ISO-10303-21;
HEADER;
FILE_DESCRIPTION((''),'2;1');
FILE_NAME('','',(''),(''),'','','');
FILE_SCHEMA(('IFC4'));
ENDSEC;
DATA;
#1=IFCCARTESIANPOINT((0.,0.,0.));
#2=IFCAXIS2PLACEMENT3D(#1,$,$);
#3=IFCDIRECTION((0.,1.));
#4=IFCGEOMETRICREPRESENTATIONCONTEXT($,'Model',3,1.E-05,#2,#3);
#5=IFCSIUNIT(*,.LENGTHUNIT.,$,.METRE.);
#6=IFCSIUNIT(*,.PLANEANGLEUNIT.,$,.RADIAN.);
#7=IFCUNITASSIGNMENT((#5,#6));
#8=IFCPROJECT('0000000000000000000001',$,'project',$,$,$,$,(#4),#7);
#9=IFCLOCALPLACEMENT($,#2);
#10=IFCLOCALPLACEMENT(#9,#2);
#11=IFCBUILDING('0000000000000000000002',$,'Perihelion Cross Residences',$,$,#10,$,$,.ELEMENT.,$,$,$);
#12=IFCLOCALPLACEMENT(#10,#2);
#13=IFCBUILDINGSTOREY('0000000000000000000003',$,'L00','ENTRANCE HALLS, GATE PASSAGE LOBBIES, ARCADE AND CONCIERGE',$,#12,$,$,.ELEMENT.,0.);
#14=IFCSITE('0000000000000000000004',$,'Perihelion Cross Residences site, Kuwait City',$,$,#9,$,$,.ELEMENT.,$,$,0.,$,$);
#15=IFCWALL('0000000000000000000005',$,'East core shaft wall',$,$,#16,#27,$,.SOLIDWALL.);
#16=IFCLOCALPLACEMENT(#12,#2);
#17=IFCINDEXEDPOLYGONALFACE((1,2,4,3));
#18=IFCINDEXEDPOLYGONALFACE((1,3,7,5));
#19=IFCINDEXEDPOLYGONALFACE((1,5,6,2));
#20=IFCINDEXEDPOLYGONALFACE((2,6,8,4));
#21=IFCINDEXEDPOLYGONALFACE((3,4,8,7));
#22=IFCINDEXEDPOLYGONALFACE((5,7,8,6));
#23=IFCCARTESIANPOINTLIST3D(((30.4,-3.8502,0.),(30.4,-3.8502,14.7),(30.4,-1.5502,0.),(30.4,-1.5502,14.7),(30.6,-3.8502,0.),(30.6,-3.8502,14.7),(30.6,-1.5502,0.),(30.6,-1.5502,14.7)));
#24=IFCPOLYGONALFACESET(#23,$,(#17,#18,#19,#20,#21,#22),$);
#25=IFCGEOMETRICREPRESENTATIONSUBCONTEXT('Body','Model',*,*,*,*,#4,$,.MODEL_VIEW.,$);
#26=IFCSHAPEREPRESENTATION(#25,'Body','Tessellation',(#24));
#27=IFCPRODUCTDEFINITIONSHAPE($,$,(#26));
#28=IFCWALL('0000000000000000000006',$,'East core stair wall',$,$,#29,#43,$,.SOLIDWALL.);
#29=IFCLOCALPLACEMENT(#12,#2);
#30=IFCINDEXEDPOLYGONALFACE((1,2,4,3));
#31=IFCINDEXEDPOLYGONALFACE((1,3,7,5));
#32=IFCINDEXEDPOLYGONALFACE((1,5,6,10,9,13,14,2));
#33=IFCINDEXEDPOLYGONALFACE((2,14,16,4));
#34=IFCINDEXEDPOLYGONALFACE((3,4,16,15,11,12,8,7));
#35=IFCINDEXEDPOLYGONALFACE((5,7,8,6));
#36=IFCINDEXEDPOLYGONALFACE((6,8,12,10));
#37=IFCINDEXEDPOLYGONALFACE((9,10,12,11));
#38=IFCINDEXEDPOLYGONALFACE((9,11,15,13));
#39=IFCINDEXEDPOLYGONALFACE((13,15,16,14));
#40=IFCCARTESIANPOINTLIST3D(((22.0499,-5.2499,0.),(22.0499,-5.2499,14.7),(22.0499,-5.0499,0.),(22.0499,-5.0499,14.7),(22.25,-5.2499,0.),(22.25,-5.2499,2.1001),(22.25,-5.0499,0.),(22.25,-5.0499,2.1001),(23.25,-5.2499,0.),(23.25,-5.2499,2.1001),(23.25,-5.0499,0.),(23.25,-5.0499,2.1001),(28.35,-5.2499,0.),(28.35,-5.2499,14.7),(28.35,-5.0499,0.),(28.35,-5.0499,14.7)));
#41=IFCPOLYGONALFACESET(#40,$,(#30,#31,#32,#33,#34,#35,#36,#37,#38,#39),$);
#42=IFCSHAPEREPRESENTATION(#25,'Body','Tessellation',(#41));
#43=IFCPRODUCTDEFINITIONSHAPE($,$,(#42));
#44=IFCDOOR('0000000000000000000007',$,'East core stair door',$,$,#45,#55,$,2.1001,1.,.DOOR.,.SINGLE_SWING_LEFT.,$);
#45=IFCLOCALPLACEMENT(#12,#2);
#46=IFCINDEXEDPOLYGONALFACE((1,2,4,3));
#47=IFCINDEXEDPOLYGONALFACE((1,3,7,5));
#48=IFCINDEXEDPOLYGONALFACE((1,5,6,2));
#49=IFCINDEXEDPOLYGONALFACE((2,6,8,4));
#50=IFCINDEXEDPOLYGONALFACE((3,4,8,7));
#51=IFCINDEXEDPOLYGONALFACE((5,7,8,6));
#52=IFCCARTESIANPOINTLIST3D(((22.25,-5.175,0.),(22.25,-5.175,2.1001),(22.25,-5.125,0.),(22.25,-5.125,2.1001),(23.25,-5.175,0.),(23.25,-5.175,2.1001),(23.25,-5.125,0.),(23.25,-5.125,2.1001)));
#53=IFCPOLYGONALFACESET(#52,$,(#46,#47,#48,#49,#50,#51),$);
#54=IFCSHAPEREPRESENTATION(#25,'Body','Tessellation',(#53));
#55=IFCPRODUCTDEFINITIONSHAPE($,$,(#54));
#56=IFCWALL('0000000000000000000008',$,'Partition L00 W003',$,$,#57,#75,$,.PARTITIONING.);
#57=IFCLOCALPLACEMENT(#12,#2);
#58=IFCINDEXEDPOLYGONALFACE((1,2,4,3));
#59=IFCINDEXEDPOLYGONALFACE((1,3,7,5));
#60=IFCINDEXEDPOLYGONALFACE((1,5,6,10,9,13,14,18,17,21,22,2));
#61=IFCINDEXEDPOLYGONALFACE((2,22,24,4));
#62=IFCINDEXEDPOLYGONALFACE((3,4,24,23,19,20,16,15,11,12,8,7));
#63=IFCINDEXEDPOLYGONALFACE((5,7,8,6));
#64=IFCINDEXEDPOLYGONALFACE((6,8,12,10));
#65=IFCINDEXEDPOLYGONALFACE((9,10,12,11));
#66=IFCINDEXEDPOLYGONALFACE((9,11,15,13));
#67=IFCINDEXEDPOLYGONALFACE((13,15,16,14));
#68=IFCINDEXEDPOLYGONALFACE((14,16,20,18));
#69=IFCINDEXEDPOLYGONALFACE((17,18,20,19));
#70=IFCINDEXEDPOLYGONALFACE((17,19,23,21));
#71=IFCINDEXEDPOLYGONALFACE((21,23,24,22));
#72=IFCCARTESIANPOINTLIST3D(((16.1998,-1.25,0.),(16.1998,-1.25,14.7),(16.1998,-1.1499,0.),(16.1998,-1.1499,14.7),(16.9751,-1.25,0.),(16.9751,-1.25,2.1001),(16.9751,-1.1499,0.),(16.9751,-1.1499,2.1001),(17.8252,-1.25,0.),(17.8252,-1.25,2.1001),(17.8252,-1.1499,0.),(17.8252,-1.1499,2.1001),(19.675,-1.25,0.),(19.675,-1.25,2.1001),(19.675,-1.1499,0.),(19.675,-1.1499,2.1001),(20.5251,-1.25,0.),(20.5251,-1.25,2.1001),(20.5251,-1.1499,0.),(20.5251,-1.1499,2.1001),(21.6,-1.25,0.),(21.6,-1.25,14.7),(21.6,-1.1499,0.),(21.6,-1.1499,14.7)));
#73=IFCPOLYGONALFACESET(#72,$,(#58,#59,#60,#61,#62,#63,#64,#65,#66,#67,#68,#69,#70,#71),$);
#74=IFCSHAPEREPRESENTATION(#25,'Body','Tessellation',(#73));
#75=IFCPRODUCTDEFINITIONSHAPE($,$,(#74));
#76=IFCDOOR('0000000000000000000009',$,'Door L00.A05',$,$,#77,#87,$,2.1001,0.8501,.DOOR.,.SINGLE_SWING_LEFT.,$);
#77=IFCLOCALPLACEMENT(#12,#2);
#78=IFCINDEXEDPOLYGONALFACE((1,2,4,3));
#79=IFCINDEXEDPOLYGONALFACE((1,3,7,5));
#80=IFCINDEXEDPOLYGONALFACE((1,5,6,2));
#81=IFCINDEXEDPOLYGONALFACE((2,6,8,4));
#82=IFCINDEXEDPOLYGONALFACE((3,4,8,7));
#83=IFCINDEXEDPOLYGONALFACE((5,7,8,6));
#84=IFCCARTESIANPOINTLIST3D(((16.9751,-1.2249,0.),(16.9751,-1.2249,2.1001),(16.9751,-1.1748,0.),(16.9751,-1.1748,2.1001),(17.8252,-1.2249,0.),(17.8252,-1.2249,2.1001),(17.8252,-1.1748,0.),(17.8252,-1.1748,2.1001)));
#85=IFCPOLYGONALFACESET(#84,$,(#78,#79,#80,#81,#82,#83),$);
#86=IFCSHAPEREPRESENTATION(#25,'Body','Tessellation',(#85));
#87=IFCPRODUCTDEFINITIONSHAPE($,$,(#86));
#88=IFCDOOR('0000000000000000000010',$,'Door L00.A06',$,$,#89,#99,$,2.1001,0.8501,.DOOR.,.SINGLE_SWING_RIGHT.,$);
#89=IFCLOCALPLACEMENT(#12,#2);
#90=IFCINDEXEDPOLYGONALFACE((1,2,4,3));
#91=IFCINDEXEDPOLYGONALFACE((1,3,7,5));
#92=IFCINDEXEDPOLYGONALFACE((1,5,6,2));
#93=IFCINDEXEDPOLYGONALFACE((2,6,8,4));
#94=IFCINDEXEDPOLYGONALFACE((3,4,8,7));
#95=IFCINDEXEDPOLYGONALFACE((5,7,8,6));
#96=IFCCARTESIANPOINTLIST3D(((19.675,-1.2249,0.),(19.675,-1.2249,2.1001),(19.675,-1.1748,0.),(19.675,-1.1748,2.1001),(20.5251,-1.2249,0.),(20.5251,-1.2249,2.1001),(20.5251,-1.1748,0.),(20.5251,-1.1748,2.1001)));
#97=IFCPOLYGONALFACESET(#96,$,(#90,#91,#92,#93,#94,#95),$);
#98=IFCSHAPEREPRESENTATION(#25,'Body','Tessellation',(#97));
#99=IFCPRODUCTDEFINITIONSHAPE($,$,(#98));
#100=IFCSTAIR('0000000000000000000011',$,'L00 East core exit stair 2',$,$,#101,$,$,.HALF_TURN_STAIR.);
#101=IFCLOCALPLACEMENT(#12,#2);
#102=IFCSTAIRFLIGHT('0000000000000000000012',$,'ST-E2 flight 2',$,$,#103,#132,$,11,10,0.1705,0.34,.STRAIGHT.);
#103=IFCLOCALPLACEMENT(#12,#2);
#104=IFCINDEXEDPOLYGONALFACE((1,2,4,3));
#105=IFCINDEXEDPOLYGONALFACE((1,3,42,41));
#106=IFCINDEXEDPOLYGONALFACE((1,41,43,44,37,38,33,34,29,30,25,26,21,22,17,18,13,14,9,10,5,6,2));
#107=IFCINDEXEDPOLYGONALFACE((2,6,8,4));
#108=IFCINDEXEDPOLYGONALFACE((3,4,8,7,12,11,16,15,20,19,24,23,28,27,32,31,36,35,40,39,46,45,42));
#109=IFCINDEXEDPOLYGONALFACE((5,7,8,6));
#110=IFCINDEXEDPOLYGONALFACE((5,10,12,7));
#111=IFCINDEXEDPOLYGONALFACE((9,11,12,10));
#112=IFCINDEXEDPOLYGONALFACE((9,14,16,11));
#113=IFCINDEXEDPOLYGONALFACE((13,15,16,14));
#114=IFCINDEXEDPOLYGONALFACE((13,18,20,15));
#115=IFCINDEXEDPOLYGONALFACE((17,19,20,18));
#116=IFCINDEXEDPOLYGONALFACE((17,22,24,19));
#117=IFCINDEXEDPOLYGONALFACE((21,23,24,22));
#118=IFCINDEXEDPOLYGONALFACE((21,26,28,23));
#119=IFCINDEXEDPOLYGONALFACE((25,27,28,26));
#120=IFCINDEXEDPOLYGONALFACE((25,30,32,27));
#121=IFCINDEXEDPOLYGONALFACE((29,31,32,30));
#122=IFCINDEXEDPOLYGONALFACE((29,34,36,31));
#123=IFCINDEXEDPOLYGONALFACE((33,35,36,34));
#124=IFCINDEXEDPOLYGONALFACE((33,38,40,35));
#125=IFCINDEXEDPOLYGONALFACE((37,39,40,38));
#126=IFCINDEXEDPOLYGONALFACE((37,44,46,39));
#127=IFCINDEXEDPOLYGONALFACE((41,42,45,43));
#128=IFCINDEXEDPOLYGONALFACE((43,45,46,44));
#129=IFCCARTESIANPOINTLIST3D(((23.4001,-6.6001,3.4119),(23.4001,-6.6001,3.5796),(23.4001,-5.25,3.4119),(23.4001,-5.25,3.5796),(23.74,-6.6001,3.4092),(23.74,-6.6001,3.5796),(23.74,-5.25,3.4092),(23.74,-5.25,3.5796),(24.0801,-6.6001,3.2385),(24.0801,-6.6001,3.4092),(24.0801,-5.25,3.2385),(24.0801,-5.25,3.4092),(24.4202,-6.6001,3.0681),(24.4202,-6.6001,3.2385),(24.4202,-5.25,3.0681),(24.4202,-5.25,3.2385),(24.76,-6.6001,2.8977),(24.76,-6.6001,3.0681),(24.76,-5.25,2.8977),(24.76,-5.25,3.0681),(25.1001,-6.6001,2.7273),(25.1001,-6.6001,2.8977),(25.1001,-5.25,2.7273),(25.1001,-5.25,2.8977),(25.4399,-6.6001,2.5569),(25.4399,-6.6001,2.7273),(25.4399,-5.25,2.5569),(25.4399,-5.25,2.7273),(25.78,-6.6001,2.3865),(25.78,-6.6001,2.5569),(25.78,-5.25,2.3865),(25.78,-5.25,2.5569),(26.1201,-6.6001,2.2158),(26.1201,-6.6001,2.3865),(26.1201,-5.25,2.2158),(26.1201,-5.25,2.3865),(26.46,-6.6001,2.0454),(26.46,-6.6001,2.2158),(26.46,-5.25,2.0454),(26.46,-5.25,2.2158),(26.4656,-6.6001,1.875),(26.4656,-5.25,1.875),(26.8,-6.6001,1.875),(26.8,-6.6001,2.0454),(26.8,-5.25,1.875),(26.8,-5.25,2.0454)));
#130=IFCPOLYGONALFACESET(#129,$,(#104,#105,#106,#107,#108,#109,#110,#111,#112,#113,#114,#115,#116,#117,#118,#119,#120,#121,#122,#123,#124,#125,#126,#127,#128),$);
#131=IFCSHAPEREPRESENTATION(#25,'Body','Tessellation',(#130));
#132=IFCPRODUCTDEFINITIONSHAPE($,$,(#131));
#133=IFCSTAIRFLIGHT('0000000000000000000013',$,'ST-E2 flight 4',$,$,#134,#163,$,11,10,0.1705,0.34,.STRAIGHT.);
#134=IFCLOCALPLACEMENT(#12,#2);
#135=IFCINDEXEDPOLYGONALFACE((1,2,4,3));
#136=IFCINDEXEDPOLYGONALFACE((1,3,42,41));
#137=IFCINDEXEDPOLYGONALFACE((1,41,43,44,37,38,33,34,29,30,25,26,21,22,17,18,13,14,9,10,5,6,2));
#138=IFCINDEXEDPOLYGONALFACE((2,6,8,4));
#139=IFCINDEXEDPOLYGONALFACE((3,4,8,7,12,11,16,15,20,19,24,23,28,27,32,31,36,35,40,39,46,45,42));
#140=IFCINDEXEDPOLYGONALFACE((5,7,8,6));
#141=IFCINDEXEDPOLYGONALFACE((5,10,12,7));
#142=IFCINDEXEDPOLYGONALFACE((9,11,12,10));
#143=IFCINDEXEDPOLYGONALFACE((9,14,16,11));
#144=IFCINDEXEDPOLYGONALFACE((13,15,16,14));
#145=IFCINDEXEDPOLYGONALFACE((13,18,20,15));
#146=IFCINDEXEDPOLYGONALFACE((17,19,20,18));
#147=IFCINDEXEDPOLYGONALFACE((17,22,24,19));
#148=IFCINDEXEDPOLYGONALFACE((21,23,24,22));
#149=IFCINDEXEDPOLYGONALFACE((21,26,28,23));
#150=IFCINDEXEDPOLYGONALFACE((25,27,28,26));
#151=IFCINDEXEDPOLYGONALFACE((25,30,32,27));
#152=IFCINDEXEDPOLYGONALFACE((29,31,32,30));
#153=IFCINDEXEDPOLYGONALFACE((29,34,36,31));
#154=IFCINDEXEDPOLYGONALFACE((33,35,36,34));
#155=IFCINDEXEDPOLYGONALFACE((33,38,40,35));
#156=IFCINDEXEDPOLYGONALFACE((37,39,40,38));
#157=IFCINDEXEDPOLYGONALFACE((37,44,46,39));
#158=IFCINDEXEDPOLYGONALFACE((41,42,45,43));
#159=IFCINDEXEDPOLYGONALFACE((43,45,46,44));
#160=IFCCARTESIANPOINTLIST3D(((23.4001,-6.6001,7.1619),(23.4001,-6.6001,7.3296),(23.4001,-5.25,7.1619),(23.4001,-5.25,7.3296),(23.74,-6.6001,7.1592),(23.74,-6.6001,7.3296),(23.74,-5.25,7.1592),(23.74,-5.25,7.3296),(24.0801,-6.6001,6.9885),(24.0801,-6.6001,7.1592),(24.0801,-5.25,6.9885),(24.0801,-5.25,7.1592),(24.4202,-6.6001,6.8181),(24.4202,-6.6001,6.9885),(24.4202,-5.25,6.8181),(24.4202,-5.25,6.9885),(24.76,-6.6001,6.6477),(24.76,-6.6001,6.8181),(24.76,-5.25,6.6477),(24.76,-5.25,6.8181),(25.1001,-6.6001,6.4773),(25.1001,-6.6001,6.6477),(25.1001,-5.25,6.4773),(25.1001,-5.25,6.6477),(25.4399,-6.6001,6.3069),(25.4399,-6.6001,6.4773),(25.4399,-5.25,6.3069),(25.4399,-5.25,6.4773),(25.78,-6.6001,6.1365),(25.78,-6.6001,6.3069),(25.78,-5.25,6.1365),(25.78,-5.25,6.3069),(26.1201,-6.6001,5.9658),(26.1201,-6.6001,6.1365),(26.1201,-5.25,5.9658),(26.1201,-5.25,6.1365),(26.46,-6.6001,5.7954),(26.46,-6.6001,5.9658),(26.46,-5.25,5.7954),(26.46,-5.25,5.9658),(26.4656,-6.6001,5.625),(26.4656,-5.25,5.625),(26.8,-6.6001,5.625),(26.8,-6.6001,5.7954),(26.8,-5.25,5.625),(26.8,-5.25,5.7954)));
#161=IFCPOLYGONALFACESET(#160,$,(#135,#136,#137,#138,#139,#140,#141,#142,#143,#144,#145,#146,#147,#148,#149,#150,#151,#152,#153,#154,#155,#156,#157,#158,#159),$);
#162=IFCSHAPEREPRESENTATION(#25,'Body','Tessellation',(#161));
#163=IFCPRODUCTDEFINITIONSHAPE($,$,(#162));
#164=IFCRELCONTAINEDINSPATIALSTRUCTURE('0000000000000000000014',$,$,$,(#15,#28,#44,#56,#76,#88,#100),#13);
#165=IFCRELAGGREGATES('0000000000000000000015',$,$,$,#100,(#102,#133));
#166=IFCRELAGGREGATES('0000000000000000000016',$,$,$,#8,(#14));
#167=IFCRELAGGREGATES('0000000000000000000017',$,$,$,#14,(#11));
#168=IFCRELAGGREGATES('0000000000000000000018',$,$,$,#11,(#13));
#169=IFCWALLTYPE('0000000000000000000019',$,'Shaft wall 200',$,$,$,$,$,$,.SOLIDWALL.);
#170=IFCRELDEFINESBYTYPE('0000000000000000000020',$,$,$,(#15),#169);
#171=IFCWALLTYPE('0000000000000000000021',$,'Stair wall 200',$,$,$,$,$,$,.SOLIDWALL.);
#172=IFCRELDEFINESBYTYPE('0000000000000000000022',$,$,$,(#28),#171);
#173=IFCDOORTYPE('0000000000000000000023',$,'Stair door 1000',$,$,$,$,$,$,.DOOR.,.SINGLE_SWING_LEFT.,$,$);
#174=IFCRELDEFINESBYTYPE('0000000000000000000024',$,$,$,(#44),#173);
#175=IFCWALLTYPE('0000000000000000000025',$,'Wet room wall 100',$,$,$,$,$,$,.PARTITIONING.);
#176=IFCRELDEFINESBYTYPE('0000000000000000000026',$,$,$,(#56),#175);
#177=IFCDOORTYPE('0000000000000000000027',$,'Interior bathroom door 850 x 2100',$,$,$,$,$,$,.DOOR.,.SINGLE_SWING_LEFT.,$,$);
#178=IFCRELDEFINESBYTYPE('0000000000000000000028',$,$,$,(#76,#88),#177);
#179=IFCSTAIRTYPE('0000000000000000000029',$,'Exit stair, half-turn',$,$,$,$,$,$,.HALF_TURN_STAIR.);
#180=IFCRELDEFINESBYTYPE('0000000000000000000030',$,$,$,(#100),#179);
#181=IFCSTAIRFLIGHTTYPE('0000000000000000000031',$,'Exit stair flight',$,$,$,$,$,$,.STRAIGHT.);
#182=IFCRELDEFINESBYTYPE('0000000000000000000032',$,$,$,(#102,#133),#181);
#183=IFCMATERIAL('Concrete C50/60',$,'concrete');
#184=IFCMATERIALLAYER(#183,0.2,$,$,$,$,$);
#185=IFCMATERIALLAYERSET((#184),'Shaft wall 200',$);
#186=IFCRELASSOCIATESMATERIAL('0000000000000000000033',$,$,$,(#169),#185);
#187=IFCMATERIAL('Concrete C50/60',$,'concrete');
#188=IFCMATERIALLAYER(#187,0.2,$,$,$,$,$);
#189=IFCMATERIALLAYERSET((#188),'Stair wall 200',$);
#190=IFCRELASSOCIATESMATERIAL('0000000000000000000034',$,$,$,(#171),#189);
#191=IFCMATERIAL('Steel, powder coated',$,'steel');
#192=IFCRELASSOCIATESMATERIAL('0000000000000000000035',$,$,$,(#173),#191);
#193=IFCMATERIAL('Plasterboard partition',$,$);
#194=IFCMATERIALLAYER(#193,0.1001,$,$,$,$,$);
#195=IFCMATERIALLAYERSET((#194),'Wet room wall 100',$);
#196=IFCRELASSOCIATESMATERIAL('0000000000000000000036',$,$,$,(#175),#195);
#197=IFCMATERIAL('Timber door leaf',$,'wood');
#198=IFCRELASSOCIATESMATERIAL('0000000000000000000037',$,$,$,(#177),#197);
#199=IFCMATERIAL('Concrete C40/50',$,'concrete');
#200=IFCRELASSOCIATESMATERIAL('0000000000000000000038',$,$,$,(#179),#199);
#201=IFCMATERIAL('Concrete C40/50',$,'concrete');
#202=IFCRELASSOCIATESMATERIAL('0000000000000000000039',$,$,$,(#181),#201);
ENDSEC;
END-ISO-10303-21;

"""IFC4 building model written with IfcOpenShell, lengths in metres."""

from ifc_helpers import new_model, si_unit, direction, frame, frame_2d, origin, place, context, subcontext, project, spatial, polyline, rectangle, outline, extrude, material, layer, layer_set, type_object, element, fill, aggregate, save


model = new_model("IFC4")

# Units and contexts
model_context = context("Model", 3, precision=1e-05, world=origin(), true_north=direction((0.0, 1.0)))
body_context = subcontext(model_context, "Body", "Model", "MODEL_VIEW")
ifc_project = project(units=[si_unit("LENGTHUNIT", "METRE"), si_unit("PLANEANGLEUNIT", "RADIAN")], contexts=[model_context])

# Site, building, storey
site_placement = place(None, origin())
site = spatial("IfcSite", under=ifc_project, at=site_placement, Name="Perihelion Cross Residences site, Kuwait City", CompositionType="ELEMENT", RefElevation=0.0)
building_placement = place(site_placement, origin())
building = spatial("IfcBuilding", under=site, at=building_placement, Name="Perihelion Cross Residences", CompositionType="ELEMENT")
storey_placement = place(building_placement, origin())
storey = spatial("IfcBuildingStorey", under=building, at=storey_placement, Name="L00", Description="ENTRANCE HALLS, GATE PASSAGE LOBBIES, ARCADE AND CONCIERGE", CompositionType="ELEMENT", Elevation=0.0)

# Shared definitions
ifc_material_1 = material(Name="Concrete C50/60", Category="concrete")
ifc_layer_1 = layer(ifc_material_1, 0.2)
ifc_layer_set_1 = layer_set([ifc_layer_1], Name="Shaft wall 200")
wall_type_1 = type_object("IfcWallType", Name="Shaft wall 200", PredefinedType="SOLIDWALL", material=ifc_layer_set_1)

# Wall
wall_1_placement = place(storey_placement, frame((30.5, -3.8501, 0.0), z_axis=(0.0, 0.0, 1.0), x_axis=(0.0, 1.0, 0.0)))
element("IfcWall", 1, at=wall_1_placement, inside=storey, type_object=wall_type_1, Name="East core shaft wall", PredefinedType="SOLIDWALL", context=body_context, shape_type="SweptSolid", body=[
    extrude(rectangle(XDim=2.3, YDim=0.2, at=frame_2d((1.1499, 0.0))), origin(), (0.0, 0.0, 1.0), 14.7),
])

# Wall, opening, door
ifc_material_2 = material(Name="Concrete C50/60", Category="concrete")
ifc_layer_2 = layer(ifc_material_2, 0.2)
ifc_layer_set_2 = layer_set([ifc_layer_2], Name="Stair wall 200")
wall_type_2 = type_object("IfcWallType", Name="Stair wall 200", PredefinedType="SOLIDWALL", material=ifc_layer_set_2)
wall_2_placement = place(storey_placement, frame((22.05, -5.1499, 0.0), z_axis=(0.0, 0.0, 1.0), x_axis=(1.0, 0.0, 0.0)))
wall_2 = element("IfcWall", 2, at=wall_2_placement, inside=storey, type_object=wall_type_2, Name="East core stair wall", PredefinedType="SOLIDWALL", context=body_context, shape_type="SweptSolid", body=[
    extrude(rectangle(XDim=6.3, YDim=0.2, at=frame_2d((3.1499, 0.0))), origin(), (0.0, 0.0, 1.0), 14.7),
])
opening_1_placement = place(wall_2_placement, frame((0.2, 0.0, 0.0)))
opening_1 = element("IfcOpeningElement", 3, at=opening_1_placement, cuts=wall_2, PredefinedType="OPENING", context=body_context, shape_type="SweptSolid", body=[
    extrude(rectangle(XDim=1.0, YDim=2.1001, at=frame_2d((0.5, 1.05))), frame((0.0, 0.1099, 0.0), z_axis=(0.0, -1.0, 0.0), x_axis=(1.0, 0.0, 0.0)), (0.0, 0.0, 1.0), 0.22),
])
ifc_material_3 = material(Name="Steel, powder coated", Category="steel")
door_type_1 = type_object("IfcDoorType", Name="Stair door 1000", OperationType="SINGLE_SWING_LEFT", PredefinedType="DOOR", material=ifc_material_3)
door_1_placement = place(opening_1_placement, origin())
door_1 = element("IfcDoor", 4, at=door_1_placement, inside=storey, type_object=door_type_1, Name="East core stair door", OperationType="SINGLE_SWING_LEFT", OverallHeight=2.1001, OverallWidth=1.0, PredefinedType="DOOR", context=body_context, shape_type="SweptSolid", body=[
    extrude(rectangle(XDim=1.0, YDim=2.1001, at=frame_2d((0.5, 1.05))), frame((0.0, 0.0249, 0.0), z_axis=(0.0, -1.0, 0.0), x_axis=(1.0, 0.0, 0.0)), (0.0, 0.0, 1.0), 0.05),
])
fill(opening_1, door_1)

# Wall, openings, doors
ifc_material_4 = material(Name="Plasterboard partition")
ifc_layer_3 = layer(ifc_material_4, 0.1001)
ifc_layer_set_3 = layer_set([ifc_layer_3], Name="Wet room wall 100")
wall_type_3 = type_object("IfcWallType", Name="Wet room wall 100", PredefinedType="PARTITIONING", material=ifc_layer_set_3)
wall_3_placement = place(storey_placement, frame((21.6001, -1.2, 0.0), z_axis=(0.0, 0.0, 1.0), x_axis=(-1.0, 0.0, 0.0)))
wall_3 = element("IfcWall", 5, at=wall_3_placement, inside=storey, type_object=wall_type_3, Name="Partition L00 W003", PredefinedType="PARTITIONING", context=body_context, shape_type="SweptSolid", body=[
    extrude(rectangle(XDim=5.4001, YDim=0.1001, at=frame_2d((2.7002, 0.0))), origin(), (0.0, 0.0, 1.0), 14.7),
])
opening_2_placement = place(wall_3_placement, frame((3.7749, 0.0, 0.0)))
opening_2 = element("IfcOpeningElement", 6, at=opening_2_placement, cuts=wall_3, PredefinedType="OPENING", context=body_context, shape_type="SweptSolid", body=[
    extrude(rectangle(XDim=0.8501, YDim=2.1001, at=frame_2d((0.425, 1.05))), frame((0.0, 0.0601, 0.0), z_axis=(0.0, -1.0, 0.0), x_axis=(1.0, 0.0, 0.0)), (0.0, 0.0, 1.0), 0.1201),
])
opening_3_placement = place(wall_3_placement, frame((1.075, 0.0, 0.0)))
opening_3 = element("IfcOpeningElement", 7, at=opening_3_placement, cuts=wall_3, PredefinedType="OPENING", context=body_context, shape_type="SweptSolid", body=[
    extrude(rectangle(XDim=0.8501, YDim=2.1001, at=frame_2d((0.425, 1.05))), frame((0.0, 0.0601, 0.0), z_axis=(0.0, -1.0, 0.0), x_axis=(1.0, 0.0, 0.0)), (0.0, 0.0, 1.0), 0.1201),
])
ifc_material_5 = material(Name="Timber door leaf", Category="wood")
door_type_2 = type_object("IfcDoorType", Name="Interior bathroom door 850 x 2100", OperationType="SINGLE_SWING_LEFT", PredefinedType="DOOR", material=ifc_material_5)
door_2_placement = place(opening_2_placement, origin())
door_2 = element("IfcDoor", 8, at=door_2_placement, inside=storey, type_object=door_type_2, Name="Door L00.A05", OperationType="SINGLE_SWING_LEFT", OverallHeight=2.1001, OverallWidth=0.8501, PredefinedType="DOOR", context=body_context, shape_type="SweptSolid", body=[
    extrude(rectangle(XDim=0.8501, YDim=2.1001, at=frame_2d((0.425, 1.05))), frame((0.0, 0.0249, 0.0), z_axis=(0.0, -1.0, 0.0), x_axis=(1.0, 0.0, 0.0)), (0.0, 0.0, 1.0), 0.05),
])
fill(opening_2, door_2)
door_3_placement = place(opening_3_placement, origin())
door_3 = element("IfcDoor", 9, at=door_3_placement, inside=storey, type_object=door_type_2, Name="Door L00.A06", OperationType="SINGLE_SWING_RIGHT", OverallHeight=2.1001, OverallWidth=0.8501, PredefinedType="DOOR", context=body_context, shape_type="SweptSolid", body=[
    extrude(rectangle(XDim=0.8501, YDim=2.1001, at=frame_2d((0.425, 1.05))), frame((0.0, 0.0249, 0.0), z_axis=(0.0, -1.0, 0.0), x_axis=(1.0, 0.0, 0.0)), (0.0, 0.0, 1.0), 0.05),
])
fill(opening_3, door_3)

# Stair, stair flights
ifc_material_6 = material(Name="Concrete C40/50", Category="concrete")
stair_type = type_object("IfcStairType", Name="Exit stair, half-turn", PredefinedType="HALF_TURN_STAIR", material=ifc_material_6)
stair_placement = place(storey_placement, origin())
stair = element("IfcStair", 10, at=stair_placement, inside=storey, type_object=stair_type, Name="L00 East core exit stair 2", PredefinedType="HALF_TURN_STAIR")
ifc_material_7 = material(Name="Concrete C40/50", Category="concrete")
stair_flight_type = type_object("IfcStairFlightType", Name="Exit stair flight", PredefinedType="STRAIGHT", material=ifc_material_7)
stair_flight_1_placement = place(storey_placement, frame((26.8, -5.925, 1.875), z_axis=(0.0, 0.0, 1.0), x_axis=(-1.0, 0.0, 0.0)))
stair_flight_1 = element("IfcStairFlight", 11, at=stair_flight_1_placement, type_object=stair_flight_type, Name="ST-E2 flight 2", NumberOfRisers=11, NumberOfTreads=10, PredefinedType="STRAIGHT", RiserHeight=0.1705, TreadLength=0.34, context=body_context, shape_type="SweptSolid", body=[
    extrude(outline(polyline([(0.0, 0.0), (0.0, 0.1704), (0.3401, 0.1704), (0.3401, 0.3408), (0.6799, 0.3408), (0.6799, 0.5115), (1.02, 0.5115), (1.02, 0.6819), (1.3601, 0.6819), (1.3601, 0.8523), (1.7, 0.8523), (1.7, 1.0227), (2.04, 1.0227), (2.04, 1.1931), (2.3799, 1.1931), (2.3799, 1.3635), (2.72, 1.3635), (2.72, 1.5342), (3.0601, 1.5342), (3.0601, 1.7046), (3.3999, 1.7046), (3.3999, 1.875), (3.3999, 1.5369), (0.3345, 0.0), (0.0, 0.0)])), frame((0.0, 0.675, 0.0), z_axis=(0.0, -1.0, 0.0), x_axis=(1.0, 0.0, 0.0)), (0.0, 0.0, 1.0), 1.3501),
])
stair_flight_2_placement = place(storey_placement, frame((26.8, -5.925, 5.625), z_axis=(0.0, 0.0, 1.0), x_axis=(-1.0, 0.0, 0.0)))
stair_flight_2 = element("IfcStairFlight", 12, at=stair_flight_2_placement, type_object=stair_flight_type, Name="ST-E2 flight 4", NumberOfRisers=11, NumberOfTreads=10, PredefinedType="STRAIGHT", RiserHeight=0.1705, TreadLength=0.34, context=body_context, shape_type="SweptSolid", body=[
    extrude(outline(polyline([(0.0, 0.0), (0.0, 0.1704), (0.3401, 0.1704), (0.3401, 0.3408), (0.6799, 0.3408), (0.6799, 0.5115), (1.02, 0.5115), (1.02, 0.6819), (1.3601, 0.6819), (1.3601, 0.8523), (1.7, 0.8523), (1.7, 1.0227), (2.04, 1.0227), (2.04, 1.1931), (2.3799, 1.1931), (2.3799, 1.3635), (2.72, 1.3635), (2.72, 1.5342), (3.0601, 1.5342), (3.0601, 1.7046), (3.3999, 1.7046), (3.3999, 1.875), (3.3999, 1.5369), (0.3345, 0.0), (0.0, 0.0)])), frame((0.0, 0.675, 0.0), z_axis=(0.0, -1.0, 0.0), x_axis=(1.0, 0.0, 0.0)), (0.0, 0.0, 1.0), 1.3501),
])
aggregate(stair, [stair_flight_1, stair_flight_2])

save(model, "model.ifc")
